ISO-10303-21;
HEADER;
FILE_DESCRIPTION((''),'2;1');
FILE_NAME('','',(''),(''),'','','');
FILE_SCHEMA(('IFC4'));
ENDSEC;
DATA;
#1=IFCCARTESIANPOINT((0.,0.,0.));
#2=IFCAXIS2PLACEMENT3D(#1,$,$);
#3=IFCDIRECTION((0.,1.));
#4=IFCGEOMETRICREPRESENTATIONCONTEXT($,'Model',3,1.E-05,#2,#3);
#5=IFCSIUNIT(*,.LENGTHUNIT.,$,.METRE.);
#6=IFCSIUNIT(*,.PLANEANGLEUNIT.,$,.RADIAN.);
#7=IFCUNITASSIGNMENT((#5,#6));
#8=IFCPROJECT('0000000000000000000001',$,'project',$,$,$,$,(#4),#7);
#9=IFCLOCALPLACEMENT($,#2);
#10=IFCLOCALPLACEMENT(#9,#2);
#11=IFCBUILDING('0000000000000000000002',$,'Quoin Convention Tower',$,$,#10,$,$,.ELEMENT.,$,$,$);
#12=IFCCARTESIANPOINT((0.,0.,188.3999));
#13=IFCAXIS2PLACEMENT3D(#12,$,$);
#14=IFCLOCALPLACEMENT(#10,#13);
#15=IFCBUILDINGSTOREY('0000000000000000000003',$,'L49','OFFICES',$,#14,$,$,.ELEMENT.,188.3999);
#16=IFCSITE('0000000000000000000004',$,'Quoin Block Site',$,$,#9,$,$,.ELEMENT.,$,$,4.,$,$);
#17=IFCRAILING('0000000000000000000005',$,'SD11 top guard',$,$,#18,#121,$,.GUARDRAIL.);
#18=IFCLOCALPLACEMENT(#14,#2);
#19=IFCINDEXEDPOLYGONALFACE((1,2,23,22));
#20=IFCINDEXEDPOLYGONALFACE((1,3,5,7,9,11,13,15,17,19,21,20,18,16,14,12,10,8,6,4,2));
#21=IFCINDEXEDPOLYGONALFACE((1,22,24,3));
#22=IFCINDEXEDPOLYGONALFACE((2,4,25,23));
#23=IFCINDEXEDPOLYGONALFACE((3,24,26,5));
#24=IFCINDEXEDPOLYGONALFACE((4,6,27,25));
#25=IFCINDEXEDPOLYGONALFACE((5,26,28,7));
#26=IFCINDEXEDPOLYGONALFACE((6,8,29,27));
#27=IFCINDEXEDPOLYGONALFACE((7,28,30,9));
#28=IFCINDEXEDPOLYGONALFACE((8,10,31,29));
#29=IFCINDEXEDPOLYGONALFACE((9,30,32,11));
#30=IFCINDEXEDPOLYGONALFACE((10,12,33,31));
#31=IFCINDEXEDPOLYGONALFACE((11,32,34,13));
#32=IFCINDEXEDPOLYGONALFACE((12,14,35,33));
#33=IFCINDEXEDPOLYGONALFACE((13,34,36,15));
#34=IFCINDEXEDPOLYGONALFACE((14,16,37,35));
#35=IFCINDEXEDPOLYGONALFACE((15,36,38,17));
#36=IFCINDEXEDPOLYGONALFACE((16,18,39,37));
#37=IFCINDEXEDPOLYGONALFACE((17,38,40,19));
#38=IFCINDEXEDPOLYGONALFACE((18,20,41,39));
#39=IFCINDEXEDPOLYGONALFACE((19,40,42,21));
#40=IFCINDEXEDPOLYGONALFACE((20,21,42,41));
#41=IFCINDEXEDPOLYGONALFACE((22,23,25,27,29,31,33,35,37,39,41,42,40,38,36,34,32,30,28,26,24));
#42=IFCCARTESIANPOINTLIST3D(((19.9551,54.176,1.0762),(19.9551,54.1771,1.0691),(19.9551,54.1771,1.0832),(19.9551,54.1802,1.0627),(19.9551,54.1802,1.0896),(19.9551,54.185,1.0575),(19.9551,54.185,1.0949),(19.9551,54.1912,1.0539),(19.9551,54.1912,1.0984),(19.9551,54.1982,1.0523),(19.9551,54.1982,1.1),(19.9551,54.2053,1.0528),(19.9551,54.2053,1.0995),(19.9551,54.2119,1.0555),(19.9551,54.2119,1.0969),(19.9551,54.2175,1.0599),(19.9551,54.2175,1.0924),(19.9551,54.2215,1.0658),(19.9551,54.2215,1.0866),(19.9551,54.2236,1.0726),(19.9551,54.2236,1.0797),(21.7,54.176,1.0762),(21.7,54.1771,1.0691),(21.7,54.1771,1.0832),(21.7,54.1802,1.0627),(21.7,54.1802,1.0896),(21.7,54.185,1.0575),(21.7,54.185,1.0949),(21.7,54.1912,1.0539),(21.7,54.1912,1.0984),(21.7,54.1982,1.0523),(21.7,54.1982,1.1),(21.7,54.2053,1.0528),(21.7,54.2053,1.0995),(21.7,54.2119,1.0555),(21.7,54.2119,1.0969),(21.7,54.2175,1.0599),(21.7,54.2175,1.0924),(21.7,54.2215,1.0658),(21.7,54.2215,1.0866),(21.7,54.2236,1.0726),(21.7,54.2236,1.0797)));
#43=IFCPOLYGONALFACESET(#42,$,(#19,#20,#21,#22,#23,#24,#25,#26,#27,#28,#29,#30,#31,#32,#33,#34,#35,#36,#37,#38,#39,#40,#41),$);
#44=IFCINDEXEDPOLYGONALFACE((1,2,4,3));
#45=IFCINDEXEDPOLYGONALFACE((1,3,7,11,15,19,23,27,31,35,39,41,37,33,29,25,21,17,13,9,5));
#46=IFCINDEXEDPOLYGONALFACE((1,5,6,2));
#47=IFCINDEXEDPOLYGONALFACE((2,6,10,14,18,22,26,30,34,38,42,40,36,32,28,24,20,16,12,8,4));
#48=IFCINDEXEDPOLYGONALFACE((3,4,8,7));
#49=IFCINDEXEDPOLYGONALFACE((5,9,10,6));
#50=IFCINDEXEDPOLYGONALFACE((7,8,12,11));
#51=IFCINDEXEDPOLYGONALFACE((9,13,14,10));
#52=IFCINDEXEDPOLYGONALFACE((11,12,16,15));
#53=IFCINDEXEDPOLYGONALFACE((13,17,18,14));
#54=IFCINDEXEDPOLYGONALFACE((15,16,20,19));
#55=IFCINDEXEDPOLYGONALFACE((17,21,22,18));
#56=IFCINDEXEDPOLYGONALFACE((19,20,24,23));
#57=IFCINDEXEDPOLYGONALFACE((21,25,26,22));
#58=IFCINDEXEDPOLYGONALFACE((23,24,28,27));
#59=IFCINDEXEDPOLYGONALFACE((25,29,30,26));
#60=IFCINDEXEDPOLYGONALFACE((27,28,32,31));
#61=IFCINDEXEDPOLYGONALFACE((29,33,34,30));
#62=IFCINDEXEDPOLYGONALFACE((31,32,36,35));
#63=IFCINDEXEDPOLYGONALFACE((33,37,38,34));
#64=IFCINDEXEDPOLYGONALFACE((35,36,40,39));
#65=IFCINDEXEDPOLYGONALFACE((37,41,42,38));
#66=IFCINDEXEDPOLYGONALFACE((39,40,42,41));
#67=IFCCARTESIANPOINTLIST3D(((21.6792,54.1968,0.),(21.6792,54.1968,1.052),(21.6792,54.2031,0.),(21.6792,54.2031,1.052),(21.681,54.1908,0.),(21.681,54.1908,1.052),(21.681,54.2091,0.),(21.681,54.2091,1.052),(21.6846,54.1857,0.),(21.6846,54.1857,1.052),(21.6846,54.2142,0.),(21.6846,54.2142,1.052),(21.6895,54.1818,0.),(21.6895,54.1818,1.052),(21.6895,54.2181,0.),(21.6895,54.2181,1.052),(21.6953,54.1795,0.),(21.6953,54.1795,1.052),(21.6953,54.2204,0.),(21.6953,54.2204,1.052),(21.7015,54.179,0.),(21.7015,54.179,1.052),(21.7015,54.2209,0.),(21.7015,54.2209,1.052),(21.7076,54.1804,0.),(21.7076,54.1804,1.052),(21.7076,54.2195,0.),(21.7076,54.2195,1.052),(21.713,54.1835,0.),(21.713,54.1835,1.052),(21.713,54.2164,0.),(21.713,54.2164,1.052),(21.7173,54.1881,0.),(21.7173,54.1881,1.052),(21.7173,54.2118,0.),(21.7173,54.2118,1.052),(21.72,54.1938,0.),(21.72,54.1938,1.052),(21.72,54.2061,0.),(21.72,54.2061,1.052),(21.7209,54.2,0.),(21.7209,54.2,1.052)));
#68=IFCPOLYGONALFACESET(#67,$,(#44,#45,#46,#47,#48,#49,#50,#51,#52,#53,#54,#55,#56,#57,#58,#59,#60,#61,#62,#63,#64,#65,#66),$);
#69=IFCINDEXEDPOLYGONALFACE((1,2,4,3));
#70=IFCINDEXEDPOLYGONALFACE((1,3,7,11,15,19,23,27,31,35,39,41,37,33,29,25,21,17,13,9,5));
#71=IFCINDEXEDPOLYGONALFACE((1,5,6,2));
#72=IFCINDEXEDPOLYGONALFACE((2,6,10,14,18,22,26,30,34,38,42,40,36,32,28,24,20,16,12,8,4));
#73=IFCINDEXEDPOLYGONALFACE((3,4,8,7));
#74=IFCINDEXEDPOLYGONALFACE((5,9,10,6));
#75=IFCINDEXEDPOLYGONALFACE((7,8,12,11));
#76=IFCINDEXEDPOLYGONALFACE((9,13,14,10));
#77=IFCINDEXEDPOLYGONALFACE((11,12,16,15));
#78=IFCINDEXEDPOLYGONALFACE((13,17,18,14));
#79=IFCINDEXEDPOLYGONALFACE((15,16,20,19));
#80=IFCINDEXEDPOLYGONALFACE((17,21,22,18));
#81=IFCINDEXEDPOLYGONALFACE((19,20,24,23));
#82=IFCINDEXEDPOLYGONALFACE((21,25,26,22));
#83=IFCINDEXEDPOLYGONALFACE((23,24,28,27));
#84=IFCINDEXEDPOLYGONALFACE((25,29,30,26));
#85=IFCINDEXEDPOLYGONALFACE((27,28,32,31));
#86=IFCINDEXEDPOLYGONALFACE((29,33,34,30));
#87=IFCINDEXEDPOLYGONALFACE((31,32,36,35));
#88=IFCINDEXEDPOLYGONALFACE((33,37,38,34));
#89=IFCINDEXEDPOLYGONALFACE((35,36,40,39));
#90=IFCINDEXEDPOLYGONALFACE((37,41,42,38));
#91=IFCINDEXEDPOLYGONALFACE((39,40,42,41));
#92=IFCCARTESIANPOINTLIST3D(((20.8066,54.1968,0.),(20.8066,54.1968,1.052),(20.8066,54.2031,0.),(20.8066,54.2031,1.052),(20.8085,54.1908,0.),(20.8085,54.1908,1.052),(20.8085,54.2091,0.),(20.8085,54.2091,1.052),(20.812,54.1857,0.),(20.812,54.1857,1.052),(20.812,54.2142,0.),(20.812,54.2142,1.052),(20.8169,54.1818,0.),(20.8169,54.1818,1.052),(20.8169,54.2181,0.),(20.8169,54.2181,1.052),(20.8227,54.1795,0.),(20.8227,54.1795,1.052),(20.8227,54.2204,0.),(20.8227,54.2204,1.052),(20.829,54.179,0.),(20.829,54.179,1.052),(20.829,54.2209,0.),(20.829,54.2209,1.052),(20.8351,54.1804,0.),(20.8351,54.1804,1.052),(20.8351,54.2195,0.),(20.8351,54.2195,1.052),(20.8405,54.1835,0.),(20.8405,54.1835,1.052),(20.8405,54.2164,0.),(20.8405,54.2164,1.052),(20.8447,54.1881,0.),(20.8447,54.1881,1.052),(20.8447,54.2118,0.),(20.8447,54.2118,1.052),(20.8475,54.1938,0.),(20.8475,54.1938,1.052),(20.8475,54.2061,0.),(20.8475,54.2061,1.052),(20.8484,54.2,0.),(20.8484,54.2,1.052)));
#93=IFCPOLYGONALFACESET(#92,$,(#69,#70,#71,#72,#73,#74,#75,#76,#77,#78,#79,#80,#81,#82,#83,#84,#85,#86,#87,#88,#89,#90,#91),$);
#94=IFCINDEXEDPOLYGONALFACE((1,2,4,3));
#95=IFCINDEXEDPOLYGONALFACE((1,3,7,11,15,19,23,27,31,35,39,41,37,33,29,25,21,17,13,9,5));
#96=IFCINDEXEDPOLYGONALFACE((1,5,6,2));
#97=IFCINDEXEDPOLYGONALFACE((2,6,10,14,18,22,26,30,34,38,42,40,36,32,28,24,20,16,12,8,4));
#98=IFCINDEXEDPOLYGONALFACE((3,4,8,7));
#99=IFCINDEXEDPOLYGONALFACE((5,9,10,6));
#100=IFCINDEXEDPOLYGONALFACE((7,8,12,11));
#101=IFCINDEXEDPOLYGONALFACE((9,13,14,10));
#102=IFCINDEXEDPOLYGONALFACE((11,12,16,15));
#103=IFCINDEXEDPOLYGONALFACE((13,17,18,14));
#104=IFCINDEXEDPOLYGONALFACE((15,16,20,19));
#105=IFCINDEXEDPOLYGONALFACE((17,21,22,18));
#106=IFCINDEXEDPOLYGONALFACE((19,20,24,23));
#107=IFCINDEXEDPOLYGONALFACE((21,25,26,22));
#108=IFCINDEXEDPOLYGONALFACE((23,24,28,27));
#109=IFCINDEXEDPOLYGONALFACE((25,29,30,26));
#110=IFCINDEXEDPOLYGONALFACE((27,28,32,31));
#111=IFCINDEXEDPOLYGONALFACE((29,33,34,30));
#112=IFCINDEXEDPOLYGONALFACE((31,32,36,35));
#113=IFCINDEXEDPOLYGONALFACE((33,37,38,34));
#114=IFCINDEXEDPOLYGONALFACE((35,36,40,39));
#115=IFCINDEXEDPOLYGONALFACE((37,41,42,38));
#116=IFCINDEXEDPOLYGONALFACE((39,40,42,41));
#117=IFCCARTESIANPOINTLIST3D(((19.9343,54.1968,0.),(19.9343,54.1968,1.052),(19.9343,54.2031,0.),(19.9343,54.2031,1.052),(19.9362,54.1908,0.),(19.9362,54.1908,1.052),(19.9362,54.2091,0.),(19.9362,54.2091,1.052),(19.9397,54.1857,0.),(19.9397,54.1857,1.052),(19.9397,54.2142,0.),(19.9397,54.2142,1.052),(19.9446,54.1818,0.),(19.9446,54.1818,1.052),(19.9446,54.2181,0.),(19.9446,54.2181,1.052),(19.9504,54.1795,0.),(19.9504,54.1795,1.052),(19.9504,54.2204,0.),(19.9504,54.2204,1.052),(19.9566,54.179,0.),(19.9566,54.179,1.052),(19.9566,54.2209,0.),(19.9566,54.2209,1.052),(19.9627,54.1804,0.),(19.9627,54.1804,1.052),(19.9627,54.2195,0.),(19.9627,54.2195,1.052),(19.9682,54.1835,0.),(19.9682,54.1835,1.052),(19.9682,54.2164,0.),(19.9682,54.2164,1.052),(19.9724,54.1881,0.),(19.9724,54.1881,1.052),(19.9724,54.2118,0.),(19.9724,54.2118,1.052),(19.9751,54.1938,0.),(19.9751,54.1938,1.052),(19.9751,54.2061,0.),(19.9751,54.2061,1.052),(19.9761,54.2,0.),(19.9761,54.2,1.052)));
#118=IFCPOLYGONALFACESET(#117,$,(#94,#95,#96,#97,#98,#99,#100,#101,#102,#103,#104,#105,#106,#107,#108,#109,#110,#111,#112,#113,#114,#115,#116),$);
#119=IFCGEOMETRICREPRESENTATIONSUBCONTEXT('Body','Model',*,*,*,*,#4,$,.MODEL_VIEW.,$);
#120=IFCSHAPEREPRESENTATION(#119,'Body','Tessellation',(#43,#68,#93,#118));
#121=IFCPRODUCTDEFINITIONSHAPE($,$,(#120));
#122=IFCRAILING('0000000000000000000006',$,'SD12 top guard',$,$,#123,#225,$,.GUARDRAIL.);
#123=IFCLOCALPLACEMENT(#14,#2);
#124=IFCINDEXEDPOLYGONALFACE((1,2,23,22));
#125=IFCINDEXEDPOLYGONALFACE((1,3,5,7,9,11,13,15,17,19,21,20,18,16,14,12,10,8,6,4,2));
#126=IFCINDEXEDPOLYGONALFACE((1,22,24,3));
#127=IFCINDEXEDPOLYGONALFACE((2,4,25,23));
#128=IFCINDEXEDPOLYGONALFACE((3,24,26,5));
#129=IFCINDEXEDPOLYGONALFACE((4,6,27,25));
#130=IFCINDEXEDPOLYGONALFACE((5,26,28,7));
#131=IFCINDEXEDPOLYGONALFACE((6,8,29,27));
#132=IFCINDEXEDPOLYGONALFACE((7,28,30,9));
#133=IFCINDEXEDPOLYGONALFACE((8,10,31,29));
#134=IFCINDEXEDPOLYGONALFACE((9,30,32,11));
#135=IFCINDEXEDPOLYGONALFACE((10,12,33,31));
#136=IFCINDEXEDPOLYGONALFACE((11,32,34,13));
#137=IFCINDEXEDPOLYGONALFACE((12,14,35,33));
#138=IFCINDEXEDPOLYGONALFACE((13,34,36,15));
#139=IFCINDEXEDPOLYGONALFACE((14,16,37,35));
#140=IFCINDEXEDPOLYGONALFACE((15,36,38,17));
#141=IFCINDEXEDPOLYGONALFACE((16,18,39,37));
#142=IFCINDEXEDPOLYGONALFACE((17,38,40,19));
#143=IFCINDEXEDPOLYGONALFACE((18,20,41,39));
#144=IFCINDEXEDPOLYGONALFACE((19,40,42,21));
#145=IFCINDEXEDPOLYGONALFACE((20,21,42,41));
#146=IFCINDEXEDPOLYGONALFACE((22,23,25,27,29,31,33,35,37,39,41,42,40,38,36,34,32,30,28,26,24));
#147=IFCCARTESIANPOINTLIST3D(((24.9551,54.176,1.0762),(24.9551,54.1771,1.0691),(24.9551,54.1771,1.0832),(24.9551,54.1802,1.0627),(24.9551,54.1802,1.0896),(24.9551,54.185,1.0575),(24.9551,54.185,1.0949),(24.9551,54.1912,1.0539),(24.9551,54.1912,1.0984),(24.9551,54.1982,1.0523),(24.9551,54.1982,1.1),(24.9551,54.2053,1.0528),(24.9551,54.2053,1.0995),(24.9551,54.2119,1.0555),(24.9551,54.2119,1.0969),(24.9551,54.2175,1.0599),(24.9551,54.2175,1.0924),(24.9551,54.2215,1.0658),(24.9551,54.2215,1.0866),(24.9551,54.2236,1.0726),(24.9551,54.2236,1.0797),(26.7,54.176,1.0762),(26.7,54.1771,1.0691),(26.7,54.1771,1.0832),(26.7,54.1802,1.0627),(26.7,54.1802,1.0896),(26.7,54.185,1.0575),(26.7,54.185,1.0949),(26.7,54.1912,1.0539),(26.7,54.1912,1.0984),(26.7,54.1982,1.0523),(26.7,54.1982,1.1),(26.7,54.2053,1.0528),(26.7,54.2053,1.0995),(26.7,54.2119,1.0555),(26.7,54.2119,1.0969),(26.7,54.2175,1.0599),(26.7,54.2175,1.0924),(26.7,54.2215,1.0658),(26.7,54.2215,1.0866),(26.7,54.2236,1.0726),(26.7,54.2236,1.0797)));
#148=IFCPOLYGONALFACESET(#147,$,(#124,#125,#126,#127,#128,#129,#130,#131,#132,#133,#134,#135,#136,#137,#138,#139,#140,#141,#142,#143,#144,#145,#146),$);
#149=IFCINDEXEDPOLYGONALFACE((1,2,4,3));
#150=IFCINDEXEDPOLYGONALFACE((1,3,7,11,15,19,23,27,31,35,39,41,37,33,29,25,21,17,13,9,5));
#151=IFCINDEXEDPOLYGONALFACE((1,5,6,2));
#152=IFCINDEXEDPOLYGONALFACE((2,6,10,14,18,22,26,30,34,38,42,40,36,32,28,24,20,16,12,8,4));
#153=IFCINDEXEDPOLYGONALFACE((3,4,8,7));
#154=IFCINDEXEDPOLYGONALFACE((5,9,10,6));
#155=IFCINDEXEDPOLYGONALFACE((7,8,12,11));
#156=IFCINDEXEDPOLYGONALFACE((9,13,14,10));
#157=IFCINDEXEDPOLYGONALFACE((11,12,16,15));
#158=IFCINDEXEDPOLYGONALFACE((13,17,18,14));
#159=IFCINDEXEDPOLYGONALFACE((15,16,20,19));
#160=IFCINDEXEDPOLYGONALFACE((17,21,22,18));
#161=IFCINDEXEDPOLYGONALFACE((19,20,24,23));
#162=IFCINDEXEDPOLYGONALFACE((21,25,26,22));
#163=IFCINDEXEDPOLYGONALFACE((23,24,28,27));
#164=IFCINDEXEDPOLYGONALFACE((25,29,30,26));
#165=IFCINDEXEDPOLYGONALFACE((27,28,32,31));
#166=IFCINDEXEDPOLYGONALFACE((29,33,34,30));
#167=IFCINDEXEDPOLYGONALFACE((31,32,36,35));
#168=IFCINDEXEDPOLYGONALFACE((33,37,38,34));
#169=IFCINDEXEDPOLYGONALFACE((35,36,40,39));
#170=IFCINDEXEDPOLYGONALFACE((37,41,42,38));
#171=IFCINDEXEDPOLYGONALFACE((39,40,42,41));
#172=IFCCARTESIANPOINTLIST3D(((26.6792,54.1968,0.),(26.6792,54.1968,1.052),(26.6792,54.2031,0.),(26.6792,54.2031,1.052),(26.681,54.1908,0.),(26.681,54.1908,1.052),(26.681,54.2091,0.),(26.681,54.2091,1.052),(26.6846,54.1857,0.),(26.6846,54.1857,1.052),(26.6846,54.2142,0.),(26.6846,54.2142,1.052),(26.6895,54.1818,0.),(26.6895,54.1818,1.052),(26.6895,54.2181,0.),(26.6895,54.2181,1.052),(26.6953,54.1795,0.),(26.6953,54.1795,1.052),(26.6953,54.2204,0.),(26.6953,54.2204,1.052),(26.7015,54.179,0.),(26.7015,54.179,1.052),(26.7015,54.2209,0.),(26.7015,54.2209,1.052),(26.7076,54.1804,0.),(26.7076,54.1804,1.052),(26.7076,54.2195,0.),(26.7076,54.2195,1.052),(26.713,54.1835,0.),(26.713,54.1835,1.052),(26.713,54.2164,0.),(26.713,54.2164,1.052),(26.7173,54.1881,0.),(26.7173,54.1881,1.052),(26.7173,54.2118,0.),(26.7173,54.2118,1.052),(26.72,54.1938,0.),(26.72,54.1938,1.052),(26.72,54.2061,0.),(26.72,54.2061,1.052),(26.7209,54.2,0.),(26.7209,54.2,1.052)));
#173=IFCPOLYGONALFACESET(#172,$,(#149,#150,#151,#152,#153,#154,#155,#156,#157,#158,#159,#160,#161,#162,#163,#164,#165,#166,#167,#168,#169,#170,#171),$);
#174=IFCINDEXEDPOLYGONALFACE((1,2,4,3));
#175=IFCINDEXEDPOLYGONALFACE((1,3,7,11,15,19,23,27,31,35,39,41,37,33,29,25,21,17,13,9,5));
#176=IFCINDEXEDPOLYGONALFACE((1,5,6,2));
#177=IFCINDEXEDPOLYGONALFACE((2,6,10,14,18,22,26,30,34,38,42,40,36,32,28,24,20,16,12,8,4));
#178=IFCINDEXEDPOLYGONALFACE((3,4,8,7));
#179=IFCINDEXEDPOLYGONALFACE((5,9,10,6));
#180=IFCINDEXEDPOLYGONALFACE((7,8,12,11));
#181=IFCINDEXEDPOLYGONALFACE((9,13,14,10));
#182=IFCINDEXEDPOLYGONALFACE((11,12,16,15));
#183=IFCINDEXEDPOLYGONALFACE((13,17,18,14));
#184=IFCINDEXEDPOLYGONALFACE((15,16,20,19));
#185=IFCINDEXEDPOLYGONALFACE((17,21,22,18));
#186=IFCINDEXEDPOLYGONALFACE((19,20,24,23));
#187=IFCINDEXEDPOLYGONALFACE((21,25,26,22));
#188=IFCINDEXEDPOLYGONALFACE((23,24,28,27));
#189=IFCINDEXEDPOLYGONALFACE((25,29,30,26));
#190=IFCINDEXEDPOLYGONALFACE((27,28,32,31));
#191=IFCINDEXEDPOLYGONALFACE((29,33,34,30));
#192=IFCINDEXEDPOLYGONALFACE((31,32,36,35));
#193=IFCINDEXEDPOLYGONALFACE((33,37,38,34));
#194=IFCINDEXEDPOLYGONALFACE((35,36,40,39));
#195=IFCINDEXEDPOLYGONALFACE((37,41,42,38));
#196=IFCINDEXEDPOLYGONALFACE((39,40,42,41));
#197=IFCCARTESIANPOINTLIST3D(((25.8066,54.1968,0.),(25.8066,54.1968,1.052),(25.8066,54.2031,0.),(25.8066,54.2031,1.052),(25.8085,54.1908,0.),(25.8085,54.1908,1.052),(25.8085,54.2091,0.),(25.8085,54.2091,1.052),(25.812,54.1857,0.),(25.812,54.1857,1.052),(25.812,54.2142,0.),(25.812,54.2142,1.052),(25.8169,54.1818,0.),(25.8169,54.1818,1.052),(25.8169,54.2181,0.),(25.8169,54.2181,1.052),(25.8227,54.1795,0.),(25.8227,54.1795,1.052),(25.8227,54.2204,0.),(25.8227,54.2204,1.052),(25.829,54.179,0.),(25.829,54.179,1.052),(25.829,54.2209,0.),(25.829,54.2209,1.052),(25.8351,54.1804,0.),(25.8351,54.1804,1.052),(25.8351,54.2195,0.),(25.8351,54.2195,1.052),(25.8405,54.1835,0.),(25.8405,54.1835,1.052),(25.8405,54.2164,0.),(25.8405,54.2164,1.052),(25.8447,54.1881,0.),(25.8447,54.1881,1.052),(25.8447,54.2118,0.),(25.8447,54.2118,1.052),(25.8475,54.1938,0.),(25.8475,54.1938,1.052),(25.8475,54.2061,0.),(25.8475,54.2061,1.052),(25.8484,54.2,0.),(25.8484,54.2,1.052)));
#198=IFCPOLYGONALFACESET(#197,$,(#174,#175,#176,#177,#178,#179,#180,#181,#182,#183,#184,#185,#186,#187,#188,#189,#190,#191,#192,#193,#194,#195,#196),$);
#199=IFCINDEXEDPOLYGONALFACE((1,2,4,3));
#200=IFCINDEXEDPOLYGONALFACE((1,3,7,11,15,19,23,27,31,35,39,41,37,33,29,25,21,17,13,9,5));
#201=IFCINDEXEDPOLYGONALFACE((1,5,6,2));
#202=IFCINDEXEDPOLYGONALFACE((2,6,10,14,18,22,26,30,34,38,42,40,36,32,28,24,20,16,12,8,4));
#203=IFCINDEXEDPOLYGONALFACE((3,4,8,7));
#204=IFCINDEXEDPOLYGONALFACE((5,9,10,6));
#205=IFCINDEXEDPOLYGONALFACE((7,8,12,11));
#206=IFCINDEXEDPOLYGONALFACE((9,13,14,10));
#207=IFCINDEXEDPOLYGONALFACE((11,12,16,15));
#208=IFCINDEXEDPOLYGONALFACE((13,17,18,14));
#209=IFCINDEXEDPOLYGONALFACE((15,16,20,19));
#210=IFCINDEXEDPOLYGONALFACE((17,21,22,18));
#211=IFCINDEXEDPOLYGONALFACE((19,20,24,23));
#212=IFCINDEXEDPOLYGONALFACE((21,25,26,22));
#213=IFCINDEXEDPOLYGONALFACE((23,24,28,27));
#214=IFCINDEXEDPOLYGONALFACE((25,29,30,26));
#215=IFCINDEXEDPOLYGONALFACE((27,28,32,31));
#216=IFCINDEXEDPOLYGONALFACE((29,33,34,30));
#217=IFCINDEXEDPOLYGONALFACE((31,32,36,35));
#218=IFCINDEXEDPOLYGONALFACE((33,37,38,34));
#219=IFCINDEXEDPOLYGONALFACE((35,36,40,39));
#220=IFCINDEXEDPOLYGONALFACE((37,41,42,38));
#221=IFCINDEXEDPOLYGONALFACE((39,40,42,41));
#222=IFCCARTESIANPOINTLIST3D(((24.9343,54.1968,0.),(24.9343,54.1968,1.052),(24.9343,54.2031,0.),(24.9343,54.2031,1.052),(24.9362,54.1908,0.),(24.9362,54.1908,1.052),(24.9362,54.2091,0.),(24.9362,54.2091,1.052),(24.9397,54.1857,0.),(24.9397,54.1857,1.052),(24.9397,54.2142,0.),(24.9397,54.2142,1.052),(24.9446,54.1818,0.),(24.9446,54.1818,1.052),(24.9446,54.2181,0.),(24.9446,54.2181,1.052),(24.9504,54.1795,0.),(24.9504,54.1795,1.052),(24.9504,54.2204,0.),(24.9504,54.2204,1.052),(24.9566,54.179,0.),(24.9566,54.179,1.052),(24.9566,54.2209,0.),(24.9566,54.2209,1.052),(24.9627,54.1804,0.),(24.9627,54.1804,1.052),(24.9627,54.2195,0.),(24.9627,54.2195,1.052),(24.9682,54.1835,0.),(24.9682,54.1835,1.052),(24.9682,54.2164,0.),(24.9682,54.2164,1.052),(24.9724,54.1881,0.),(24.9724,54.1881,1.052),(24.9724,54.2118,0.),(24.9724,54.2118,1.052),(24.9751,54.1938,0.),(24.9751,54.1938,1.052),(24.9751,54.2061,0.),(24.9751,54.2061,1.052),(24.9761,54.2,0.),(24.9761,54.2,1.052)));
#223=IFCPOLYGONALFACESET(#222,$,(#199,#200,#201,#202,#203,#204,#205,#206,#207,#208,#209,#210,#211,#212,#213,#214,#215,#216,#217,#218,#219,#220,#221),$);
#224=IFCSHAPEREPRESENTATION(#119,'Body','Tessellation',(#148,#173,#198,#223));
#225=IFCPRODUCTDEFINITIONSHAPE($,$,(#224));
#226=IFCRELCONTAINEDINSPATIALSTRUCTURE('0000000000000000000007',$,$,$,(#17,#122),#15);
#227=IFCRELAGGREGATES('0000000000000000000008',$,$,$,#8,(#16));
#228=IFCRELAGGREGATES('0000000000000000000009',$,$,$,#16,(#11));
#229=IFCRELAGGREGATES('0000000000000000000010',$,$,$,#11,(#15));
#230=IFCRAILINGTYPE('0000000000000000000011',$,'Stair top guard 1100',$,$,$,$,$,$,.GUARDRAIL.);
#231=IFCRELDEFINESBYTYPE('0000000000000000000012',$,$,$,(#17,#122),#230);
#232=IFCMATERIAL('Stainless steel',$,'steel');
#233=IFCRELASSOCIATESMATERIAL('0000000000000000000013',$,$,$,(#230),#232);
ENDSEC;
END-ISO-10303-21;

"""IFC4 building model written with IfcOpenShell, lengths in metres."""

from ifc_helpers import new_model, si_unit, direction, frame, origin, origin_2d, place, context, subcontext, project, spatial, circle, extrude, material, type_object, element, save


model = new_model("IFC4")

# Units and contexts
model_context = context("Model", 3, precision=1e-05, world=origin(), true_north=direction((0.0, 1.0)))
body_context = subcontext(model_context, "Body", "Model", "MODEL_VIEW")
ifc_project = project(units=[si_unit("LENGTHUNIT", "METRE"), si_unit("PLANEANGLEUNIT", "RADIAN")], contexts=[model_context])

# Site, building, storey
site_placement = place(None, origin())
site = spatial("IfcSite", under=ifc_project, at=site_placement, Name="Quoin Block Site", CompositionType="ELEMENT", RefElevation=4.0)
building_placement = place(site_placement, origin())
building = spatial("IfcBuilding", under=site, at=building_placement, Name="Quoin Convention Tower", CompositionType="ELEMENT")
storey_placement = place(building_placement, frame((0.0, 0.0, 188.3999)))
storey = spatial("IfcBuildingStorey", under=building, at=storey_placement, Name="L49", Description="OFFICES", CompositionType="ELEMENT", Elevation=188.3999)

# Railings
ifc_material_1 = material(Name="Stainless steel", Category="steel")
railing_type_1 = type_object("IfcRailingType", Name="Stair top guard 1100", PredefinedType="GUARDRAIL", material=ifc_material_1)
for number, where, name in (
    (1, (21.7, 54.2, 0.0), "SD11 top guard"),
    (2, (26.7, 54.2, 0.0), "SD12 top guard"),
):
    element("IfcRailing", number, at=place(storey_placement, frame(where)), inside=storey, type_object=railing_type_1, Name=name, PredefinedType="GUARDRAIL", context=body_context, shape_type="SweptSolid", body=[
        extrude(circle(Radius=0.0239, at=origin_2d()), frame((0.0, 0.0, 1.0762), z_axis=(-1.0, 0.0, 0.0), x_axis=(0.0, -1.0, 0.0)), (0.0, 0.0, 1.0), 1.7449),
        extrude(circle(Radius=0.021, at=origin_2d()), origin(), (0.0, 0.0, 1.0), 1.052),
        extrude(circle(Radius=0.021, at=origin_2d()), frame((-0.8726, 0.0, 0.0)), (0.0, 0.0, 1.0), 1.052),
        extrude(circle(Radius=0.021, at=origin_2d()), frame((-1.7449, 0.0, 0.0)), (0.0, 0.0, 1.0), 1.052),
    ])

save(model, "model.ifc")
